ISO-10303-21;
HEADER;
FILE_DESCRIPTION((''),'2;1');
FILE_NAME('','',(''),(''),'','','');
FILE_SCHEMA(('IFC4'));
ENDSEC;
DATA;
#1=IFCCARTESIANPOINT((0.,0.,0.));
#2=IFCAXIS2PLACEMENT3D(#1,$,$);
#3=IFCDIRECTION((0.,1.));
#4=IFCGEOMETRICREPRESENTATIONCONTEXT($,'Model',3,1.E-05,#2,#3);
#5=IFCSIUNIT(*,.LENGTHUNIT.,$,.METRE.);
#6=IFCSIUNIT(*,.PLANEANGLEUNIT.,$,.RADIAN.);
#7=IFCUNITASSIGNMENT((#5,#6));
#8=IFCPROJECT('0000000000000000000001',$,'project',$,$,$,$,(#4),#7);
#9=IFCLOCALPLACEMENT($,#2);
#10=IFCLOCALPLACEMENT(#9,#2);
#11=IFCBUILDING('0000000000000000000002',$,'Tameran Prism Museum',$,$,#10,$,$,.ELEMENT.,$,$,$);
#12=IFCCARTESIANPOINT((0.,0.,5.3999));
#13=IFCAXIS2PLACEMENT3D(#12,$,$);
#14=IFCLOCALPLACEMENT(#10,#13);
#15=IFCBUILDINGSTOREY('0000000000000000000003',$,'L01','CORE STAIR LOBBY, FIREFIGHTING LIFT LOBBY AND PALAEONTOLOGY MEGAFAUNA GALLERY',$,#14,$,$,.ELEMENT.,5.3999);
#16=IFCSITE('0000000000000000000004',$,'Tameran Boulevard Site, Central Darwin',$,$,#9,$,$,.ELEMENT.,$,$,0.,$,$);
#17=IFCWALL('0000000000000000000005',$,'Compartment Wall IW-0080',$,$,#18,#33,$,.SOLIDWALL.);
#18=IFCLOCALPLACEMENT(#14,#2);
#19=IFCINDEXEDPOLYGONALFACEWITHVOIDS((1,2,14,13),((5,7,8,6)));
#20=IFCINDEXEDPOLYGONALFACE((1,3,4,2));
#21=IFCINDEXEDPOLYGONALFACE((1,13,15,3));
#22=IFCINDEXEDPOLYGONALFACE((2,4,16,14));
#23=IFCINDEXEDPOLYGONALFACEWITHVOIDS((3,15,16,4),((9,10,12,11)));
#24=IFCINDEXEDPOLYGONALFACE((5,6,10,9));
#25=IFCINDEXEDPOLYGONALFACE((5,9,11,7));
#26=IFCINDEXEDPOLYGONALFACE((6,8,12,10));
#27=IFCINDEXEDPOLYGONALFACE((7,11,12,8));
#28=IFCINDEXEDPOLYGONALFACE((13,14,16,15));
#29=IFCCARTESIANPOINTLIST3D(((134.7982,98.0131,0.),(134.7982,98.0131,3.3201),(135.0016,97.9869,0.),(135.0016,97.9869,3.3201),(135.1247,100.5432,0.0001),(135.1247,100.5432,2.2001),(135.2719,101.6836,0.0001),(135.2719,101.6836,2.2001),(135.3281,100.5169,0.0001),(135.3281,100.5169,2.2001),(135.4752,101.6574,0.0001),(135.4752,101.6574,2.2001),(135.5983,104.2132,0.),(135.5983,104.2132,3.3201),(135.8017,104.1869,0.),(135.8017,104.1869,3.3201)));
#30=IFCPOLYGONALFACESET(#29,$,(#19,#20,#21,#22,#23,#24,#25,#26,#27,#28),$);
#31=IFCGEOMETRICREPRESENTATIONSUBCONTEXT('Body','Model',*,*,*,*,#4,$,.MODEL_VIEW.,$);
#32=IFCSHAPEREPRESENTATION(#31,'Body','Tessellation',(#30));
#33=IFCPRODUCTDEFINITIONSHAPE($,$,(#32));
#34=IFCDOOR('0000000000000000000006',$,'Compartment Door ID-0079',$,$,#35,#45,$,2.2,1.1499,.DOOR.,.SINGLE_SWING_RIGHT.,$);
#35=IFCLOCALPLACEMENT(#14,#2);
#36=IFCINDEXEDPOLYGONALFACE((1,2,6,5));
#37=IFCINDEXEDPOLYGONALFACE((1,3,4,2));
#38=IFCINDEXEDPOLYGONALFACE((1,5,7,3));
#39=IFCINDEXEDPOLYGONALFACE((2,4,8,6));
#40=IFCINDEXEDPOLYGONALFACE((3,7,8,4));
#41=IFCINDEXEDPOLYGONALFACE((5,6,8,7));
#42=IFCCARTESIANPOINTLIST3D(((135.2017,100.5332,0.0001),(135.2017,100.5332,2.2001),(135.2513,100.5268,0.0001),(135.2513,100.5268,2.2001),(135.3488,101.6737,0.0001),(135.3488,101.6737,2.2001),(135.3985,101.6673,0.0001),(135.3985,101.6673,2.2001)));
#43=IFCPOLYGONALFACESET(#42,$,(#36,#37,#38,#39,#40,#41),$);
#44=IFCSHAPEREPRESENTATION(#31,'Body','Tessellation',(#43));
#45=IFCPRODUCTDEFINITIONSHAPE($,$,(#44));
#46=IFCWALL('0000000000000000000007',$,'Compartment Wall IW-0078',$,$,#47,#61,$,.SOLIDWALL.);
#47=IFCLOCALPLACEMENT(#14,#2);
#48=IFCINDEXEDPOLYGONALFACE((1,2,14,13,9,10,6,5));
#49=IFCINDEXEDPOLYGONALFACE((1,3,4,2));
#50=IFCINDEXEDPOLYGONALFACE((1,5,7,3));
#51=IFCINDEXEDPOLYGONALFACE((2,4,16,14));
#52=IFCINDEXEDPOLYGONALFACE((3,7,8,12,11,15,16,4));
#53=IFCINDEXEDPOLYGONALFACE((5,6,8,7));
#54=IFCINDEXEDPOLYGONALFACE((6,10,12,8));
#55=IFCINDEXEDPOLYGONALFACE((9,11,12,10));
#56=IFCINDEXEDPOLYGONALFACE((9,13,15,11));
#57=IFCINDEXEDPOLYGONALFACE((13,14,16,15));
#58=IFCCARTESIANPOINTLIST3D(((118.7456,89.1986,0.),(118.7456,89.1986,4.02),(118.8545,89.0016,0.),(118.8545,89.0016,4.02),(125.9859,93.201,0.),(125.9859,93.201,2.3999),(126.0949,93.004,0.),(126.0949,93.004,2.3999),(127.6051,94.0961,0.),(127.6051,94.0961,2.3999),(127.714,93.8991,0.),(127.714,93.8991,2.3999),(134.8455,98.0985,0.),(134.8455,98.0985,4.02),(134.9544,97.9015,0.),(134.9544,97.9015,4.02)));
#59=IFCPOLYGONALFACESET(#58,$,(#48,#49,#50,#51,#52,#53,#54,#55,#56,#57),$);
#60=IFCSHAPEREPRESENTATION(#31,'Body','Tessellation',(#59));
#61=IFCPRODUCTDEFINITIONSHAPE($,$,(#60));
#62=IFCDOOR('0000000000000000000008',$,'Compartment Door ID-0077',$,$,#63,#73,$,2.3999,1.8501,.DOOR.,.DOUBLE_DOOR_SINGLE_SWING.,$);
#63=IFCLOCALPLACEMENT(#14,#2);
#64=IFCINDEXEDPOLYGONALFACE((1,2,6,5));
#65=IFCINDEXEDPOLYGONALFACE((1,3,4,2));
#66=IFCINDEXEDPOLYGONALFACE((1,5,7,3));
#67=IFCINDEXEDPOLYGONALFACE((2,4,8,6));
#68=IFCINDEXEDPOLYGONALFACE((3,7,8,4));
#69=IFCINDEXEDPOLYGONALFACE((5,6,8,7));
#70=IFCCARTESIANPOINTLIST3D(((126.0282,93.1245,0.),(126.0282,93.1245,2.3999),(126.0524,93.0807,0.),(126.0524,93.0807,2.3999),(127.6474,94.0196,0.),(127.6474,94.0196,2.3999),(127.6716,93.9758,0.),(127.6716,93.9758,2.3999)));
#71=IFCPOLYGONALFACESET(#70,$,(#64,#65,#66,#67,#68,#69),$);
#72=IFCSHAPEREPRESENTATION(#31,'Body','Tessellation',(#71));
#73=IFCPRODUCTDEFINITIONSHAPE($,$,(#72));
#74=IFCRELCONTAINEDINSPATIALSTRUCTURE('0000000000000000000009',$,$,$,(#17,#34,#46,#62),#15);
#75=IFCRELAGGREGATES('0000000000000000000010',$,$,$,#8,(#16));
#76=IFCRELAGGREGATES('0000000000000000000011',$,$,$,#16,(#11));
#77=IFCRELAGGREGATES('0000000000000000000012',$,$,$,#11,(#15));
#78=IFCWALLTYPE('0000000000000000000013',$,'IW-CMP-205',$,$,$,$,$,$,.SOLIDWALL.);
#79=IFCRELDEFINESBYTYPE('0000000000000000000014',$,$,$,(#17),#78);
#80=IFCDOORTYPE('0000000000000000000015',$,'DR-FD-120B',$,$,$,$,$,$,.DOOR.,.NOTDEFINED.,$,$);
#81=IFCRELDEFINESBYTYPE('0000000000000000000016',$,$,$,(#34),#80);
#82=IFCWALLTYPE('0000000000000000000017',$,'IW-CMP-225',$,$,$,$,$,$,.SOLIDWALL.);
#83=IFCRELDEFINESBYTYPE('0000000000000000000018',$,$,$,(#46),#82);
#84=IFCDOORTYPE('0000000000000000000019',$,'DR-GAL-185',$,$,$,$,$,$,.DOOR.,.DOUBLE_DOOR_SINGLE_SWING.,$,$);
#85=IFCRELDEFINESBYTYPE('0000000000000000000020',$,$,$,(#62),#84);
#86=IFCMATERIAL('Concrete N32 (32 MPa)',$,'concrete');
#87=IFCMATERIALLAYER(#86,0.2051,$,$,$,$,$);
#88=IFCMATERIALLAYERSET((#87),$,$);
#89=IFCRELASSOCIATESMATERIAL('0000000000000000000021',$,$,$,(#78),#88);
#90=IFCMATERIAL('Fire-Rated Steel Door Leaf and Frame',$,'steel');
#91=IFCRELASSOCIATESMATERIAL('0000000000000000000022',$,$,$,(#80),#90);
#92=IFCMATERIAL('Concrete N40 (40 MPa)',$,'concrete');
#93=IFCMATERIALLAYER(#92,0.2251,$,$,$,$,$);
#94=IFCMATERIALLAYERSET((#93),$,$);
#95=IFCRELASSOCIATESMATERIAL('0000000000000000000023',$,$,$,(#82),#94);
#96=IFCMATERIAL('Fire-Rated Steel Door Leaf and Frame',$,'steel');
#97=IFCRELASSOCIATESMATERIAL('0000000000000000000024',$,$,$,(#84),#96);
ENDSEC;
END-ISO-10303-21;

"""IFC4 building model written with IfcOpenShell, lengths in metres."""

from ifc_helpers import new_model, si_unit, direction, frame, frame_2d, origin, place, context, subcontext, project, spatial, rectangle, extrude, material, layer, layer_set, type_object, element, fill, save


model = new_model("IFC4")

# Units and contexts
model_context = context("Model", 3, precision=1e-05, world=origin(), true_north=direction((0.0, 1.0)))
body_context = subcontext(model_context, "Body", "Model", "MODEL_VIEW")
ifc_project = project(units=[si_unit("LENGTHUNIT", "METRE"), si_unit("PLANEANGLEUNIT", "RADIAN")], contexts=[model_context])

# Site, building, storey
site_placement = place(None, origin())
site = spatial("IfcSite", under=ifc_project, at=site_placement, Name="Tameran Boulevard Site, Central Darwin", CompositionType="ELEMENT", RefElevation=0.0)
building_placement = place(site_placement, origin())
building = spatial("IfcBuilding", under=site, at=building_placement, Name="Tameran Prism Museum", CompositionType="ELEMENT")
storey_placement = place(building_placement, frame((0.0, 0.0, 5.3999)))
storey = spatial("IfcBuildingStorey", under=building, at=storey_placement, Name="L01", Description="CORE STAIR LOBBY, FIREFIGHTING LIFT LOBBY AND PALAEONTOLOGY MEGAFAUNA GALLERY", CompositionType="ELEMENT", Elevation=5.3999)

# Walls, openings, doors
ifc_material_1 = material(Name="Concrete N32 (32 MPa)", Category="concrete")
ifc_layer_1 = layer(ifc_material_1, 0.2051)
ifc_layer_set_1 = layer_set([ifc_layer_1])
wall_type_1 = type_object("IfcWallType", Name="IW-CMP-205", PredefinedType="SOLIDWALL", material=ifc_layer_set_1)
wall_1_placement = place(storey_placement, frame((134.8999, 98.0, 0.0), z_axis=(0.0, 0.0, 1.0), x_axis=(0.12798, 0.991777, 0.0)))
wall_1 = element("IfcWall", 1, at=wall_1_placement, inside=storey, type_object=wall_type_1, Name="Compartment Wall IW-0080", PredefinedType="SOLIDWALL", context=body_context, shape_type="SweptSolid", body=[
    extrude(rectangle(XDim=6.2515, YDim=0.2051, at=frame_2d((3.1257, 0.0))), origin(), (0.0, 0.0, 1.0), 3.3201),
])
opening_1_placement = place(wall_1_placement, frame((2.551, 0.0, 0.0)))
opening_1 = element("IfcOpeningElement", 2, at=opening_1_placement, cuts=wall_1, PredefinedType="OPENING", context=body_context, shape_type="SweptSolid", body=[
    extrude(rectangle(XDim=1.1499, YDim=2.2, at=frame_2d((0.575, 1.1001))), frame((0.0, 0.1125, 0.0), z_axis=(0.0, -1.0, 0.0), x_axis=(1.0, 0.0, 0.0)), (0.0, 0.0, 1.0), 0.2251),
])
ifc_material_2 = material(Name="Fire-Rated Steel Door Leaf and Frame", Category="steel")
door_type_1 = type_object("IfcDoorType", Name="DR-FD-120B", OperationType="NOTDEFINED", PredefinedType="DOOR", material=ifc_material_2)
door_1_placement = place(opening_1_placement, origin())
door_1 = element("IfcDoor", 3, at=door_1_placement, inside=storey, type_object=door_type_1, Name="Compartment Door ID-0079", OperationType="SINGLE_SWING_RIGHT", OverallHeight=2.2, OverallWidth=1.1499, PredefinedType="DOOR", context=body_context, shape_type="SweptSolid", body=[
    extrude(rectangle(XDim=1.1499, YDim=2.2, at=frame_2d((0.575, 1.1001))), frame((0.0, 0.0249, 0.0), z_axis=(0.0, -1.0, 0.0), x_axis=(1.0, 0.0, 0.0)), (0.0, 0.0, 1.0), 0.05),
])
fill(opening_1, door_1)
ifc_material_3 = material(Name="Concrete N40 (40 MPa)", Category="concrete")
ifc_layer_2 = layer(ifc_material_3, 0.2251)
ifc_layer_set_2 = layer_set([ifc_layer_2])
wall_type_2 = type_object("IfcWallType", Name="IW-CMP-225", PredefinedType="SOLIDWALL", material=ifc_layer_set_2)
wall_2_placement = place(storey_placement, frame((134.8999, 98.0, 0.0), z_axis=(0.0, 0.0, 1.0), x_axis=(-0.875181, -0.483795, 0.0)))
wall_2 = element("IfcWall", 4, at=wall_2_placement, inside=storey, type_object=wall_type_2, Name="Compartment Wall IW-0078", PredefinedType="SOLIDWALL", context=body_context, shape_type="SweptSolid", body=[
    extrude(rectangle(XDim=18.396, YDim=0.2251, at=frame_2d((9.198, 0.0))), origin(), (0.0, 0.0, 1.0), 4.02),
])
opening_2_placement = place(wall_2_placement, frame((8.2729, 0.0, 0.0)))
opening_2 = element("IfcOpeningElement", 5, at=opening_2_placement, cuts=wall_2, PredefinedType="OPENING", context=body_context, shape_type="SweptSolid", body=[
    extrude(rectangle(XDim=1.8501, YDim=2.3999, at=frame_2d((0.925, 1.2))), frame((0.0, 0.1226, 0.0), z_axis=(0.0, -1.0, 0.0), x_axis=(1.0, 0.0, 0.0)), (0.0, 0.0, 1.0), 0.2451),
])
ifc_material_4 = material(Name="Fire-Rated Steel Door Leaf and Frame", Category="steel")
door_type_2 = type_object("IfcDoorType", Name="DR-GAL-185", OperationType="DOUBLE_DOOR_SINGLE_SWING", PredefinedType="DOOR", material=ifc_material_4)
door_2_placement = place(opening_2_placement, origin())
door_2 = element("IfcDoor", 6, at=door_2_placement, inside=storey, type_object=door_type_2, Name="Compartment Door ID-0077", OperationType="DOUBLE_DOOR_SINGLE_SWING", OverallHeight=2.3999, OverallWidth=1.8501, PredefinedType="DOOR", context=body_context, shape_type="SweptSolid", body=[
    extrude(rectangle(XDim=1.8501, YDim=2.3999, at=frame_2d((0.925, 1.2))), frame((0.0, 0.0249, 0.0), z_axis=(0.0, -1.0, 0.0), x_axis=(1.0, 0.0, 0.0)), (0.0, 0.0, 1.0), 0.05),
])
fill(opening_2, door_2)

save(model, "model.ifc")
